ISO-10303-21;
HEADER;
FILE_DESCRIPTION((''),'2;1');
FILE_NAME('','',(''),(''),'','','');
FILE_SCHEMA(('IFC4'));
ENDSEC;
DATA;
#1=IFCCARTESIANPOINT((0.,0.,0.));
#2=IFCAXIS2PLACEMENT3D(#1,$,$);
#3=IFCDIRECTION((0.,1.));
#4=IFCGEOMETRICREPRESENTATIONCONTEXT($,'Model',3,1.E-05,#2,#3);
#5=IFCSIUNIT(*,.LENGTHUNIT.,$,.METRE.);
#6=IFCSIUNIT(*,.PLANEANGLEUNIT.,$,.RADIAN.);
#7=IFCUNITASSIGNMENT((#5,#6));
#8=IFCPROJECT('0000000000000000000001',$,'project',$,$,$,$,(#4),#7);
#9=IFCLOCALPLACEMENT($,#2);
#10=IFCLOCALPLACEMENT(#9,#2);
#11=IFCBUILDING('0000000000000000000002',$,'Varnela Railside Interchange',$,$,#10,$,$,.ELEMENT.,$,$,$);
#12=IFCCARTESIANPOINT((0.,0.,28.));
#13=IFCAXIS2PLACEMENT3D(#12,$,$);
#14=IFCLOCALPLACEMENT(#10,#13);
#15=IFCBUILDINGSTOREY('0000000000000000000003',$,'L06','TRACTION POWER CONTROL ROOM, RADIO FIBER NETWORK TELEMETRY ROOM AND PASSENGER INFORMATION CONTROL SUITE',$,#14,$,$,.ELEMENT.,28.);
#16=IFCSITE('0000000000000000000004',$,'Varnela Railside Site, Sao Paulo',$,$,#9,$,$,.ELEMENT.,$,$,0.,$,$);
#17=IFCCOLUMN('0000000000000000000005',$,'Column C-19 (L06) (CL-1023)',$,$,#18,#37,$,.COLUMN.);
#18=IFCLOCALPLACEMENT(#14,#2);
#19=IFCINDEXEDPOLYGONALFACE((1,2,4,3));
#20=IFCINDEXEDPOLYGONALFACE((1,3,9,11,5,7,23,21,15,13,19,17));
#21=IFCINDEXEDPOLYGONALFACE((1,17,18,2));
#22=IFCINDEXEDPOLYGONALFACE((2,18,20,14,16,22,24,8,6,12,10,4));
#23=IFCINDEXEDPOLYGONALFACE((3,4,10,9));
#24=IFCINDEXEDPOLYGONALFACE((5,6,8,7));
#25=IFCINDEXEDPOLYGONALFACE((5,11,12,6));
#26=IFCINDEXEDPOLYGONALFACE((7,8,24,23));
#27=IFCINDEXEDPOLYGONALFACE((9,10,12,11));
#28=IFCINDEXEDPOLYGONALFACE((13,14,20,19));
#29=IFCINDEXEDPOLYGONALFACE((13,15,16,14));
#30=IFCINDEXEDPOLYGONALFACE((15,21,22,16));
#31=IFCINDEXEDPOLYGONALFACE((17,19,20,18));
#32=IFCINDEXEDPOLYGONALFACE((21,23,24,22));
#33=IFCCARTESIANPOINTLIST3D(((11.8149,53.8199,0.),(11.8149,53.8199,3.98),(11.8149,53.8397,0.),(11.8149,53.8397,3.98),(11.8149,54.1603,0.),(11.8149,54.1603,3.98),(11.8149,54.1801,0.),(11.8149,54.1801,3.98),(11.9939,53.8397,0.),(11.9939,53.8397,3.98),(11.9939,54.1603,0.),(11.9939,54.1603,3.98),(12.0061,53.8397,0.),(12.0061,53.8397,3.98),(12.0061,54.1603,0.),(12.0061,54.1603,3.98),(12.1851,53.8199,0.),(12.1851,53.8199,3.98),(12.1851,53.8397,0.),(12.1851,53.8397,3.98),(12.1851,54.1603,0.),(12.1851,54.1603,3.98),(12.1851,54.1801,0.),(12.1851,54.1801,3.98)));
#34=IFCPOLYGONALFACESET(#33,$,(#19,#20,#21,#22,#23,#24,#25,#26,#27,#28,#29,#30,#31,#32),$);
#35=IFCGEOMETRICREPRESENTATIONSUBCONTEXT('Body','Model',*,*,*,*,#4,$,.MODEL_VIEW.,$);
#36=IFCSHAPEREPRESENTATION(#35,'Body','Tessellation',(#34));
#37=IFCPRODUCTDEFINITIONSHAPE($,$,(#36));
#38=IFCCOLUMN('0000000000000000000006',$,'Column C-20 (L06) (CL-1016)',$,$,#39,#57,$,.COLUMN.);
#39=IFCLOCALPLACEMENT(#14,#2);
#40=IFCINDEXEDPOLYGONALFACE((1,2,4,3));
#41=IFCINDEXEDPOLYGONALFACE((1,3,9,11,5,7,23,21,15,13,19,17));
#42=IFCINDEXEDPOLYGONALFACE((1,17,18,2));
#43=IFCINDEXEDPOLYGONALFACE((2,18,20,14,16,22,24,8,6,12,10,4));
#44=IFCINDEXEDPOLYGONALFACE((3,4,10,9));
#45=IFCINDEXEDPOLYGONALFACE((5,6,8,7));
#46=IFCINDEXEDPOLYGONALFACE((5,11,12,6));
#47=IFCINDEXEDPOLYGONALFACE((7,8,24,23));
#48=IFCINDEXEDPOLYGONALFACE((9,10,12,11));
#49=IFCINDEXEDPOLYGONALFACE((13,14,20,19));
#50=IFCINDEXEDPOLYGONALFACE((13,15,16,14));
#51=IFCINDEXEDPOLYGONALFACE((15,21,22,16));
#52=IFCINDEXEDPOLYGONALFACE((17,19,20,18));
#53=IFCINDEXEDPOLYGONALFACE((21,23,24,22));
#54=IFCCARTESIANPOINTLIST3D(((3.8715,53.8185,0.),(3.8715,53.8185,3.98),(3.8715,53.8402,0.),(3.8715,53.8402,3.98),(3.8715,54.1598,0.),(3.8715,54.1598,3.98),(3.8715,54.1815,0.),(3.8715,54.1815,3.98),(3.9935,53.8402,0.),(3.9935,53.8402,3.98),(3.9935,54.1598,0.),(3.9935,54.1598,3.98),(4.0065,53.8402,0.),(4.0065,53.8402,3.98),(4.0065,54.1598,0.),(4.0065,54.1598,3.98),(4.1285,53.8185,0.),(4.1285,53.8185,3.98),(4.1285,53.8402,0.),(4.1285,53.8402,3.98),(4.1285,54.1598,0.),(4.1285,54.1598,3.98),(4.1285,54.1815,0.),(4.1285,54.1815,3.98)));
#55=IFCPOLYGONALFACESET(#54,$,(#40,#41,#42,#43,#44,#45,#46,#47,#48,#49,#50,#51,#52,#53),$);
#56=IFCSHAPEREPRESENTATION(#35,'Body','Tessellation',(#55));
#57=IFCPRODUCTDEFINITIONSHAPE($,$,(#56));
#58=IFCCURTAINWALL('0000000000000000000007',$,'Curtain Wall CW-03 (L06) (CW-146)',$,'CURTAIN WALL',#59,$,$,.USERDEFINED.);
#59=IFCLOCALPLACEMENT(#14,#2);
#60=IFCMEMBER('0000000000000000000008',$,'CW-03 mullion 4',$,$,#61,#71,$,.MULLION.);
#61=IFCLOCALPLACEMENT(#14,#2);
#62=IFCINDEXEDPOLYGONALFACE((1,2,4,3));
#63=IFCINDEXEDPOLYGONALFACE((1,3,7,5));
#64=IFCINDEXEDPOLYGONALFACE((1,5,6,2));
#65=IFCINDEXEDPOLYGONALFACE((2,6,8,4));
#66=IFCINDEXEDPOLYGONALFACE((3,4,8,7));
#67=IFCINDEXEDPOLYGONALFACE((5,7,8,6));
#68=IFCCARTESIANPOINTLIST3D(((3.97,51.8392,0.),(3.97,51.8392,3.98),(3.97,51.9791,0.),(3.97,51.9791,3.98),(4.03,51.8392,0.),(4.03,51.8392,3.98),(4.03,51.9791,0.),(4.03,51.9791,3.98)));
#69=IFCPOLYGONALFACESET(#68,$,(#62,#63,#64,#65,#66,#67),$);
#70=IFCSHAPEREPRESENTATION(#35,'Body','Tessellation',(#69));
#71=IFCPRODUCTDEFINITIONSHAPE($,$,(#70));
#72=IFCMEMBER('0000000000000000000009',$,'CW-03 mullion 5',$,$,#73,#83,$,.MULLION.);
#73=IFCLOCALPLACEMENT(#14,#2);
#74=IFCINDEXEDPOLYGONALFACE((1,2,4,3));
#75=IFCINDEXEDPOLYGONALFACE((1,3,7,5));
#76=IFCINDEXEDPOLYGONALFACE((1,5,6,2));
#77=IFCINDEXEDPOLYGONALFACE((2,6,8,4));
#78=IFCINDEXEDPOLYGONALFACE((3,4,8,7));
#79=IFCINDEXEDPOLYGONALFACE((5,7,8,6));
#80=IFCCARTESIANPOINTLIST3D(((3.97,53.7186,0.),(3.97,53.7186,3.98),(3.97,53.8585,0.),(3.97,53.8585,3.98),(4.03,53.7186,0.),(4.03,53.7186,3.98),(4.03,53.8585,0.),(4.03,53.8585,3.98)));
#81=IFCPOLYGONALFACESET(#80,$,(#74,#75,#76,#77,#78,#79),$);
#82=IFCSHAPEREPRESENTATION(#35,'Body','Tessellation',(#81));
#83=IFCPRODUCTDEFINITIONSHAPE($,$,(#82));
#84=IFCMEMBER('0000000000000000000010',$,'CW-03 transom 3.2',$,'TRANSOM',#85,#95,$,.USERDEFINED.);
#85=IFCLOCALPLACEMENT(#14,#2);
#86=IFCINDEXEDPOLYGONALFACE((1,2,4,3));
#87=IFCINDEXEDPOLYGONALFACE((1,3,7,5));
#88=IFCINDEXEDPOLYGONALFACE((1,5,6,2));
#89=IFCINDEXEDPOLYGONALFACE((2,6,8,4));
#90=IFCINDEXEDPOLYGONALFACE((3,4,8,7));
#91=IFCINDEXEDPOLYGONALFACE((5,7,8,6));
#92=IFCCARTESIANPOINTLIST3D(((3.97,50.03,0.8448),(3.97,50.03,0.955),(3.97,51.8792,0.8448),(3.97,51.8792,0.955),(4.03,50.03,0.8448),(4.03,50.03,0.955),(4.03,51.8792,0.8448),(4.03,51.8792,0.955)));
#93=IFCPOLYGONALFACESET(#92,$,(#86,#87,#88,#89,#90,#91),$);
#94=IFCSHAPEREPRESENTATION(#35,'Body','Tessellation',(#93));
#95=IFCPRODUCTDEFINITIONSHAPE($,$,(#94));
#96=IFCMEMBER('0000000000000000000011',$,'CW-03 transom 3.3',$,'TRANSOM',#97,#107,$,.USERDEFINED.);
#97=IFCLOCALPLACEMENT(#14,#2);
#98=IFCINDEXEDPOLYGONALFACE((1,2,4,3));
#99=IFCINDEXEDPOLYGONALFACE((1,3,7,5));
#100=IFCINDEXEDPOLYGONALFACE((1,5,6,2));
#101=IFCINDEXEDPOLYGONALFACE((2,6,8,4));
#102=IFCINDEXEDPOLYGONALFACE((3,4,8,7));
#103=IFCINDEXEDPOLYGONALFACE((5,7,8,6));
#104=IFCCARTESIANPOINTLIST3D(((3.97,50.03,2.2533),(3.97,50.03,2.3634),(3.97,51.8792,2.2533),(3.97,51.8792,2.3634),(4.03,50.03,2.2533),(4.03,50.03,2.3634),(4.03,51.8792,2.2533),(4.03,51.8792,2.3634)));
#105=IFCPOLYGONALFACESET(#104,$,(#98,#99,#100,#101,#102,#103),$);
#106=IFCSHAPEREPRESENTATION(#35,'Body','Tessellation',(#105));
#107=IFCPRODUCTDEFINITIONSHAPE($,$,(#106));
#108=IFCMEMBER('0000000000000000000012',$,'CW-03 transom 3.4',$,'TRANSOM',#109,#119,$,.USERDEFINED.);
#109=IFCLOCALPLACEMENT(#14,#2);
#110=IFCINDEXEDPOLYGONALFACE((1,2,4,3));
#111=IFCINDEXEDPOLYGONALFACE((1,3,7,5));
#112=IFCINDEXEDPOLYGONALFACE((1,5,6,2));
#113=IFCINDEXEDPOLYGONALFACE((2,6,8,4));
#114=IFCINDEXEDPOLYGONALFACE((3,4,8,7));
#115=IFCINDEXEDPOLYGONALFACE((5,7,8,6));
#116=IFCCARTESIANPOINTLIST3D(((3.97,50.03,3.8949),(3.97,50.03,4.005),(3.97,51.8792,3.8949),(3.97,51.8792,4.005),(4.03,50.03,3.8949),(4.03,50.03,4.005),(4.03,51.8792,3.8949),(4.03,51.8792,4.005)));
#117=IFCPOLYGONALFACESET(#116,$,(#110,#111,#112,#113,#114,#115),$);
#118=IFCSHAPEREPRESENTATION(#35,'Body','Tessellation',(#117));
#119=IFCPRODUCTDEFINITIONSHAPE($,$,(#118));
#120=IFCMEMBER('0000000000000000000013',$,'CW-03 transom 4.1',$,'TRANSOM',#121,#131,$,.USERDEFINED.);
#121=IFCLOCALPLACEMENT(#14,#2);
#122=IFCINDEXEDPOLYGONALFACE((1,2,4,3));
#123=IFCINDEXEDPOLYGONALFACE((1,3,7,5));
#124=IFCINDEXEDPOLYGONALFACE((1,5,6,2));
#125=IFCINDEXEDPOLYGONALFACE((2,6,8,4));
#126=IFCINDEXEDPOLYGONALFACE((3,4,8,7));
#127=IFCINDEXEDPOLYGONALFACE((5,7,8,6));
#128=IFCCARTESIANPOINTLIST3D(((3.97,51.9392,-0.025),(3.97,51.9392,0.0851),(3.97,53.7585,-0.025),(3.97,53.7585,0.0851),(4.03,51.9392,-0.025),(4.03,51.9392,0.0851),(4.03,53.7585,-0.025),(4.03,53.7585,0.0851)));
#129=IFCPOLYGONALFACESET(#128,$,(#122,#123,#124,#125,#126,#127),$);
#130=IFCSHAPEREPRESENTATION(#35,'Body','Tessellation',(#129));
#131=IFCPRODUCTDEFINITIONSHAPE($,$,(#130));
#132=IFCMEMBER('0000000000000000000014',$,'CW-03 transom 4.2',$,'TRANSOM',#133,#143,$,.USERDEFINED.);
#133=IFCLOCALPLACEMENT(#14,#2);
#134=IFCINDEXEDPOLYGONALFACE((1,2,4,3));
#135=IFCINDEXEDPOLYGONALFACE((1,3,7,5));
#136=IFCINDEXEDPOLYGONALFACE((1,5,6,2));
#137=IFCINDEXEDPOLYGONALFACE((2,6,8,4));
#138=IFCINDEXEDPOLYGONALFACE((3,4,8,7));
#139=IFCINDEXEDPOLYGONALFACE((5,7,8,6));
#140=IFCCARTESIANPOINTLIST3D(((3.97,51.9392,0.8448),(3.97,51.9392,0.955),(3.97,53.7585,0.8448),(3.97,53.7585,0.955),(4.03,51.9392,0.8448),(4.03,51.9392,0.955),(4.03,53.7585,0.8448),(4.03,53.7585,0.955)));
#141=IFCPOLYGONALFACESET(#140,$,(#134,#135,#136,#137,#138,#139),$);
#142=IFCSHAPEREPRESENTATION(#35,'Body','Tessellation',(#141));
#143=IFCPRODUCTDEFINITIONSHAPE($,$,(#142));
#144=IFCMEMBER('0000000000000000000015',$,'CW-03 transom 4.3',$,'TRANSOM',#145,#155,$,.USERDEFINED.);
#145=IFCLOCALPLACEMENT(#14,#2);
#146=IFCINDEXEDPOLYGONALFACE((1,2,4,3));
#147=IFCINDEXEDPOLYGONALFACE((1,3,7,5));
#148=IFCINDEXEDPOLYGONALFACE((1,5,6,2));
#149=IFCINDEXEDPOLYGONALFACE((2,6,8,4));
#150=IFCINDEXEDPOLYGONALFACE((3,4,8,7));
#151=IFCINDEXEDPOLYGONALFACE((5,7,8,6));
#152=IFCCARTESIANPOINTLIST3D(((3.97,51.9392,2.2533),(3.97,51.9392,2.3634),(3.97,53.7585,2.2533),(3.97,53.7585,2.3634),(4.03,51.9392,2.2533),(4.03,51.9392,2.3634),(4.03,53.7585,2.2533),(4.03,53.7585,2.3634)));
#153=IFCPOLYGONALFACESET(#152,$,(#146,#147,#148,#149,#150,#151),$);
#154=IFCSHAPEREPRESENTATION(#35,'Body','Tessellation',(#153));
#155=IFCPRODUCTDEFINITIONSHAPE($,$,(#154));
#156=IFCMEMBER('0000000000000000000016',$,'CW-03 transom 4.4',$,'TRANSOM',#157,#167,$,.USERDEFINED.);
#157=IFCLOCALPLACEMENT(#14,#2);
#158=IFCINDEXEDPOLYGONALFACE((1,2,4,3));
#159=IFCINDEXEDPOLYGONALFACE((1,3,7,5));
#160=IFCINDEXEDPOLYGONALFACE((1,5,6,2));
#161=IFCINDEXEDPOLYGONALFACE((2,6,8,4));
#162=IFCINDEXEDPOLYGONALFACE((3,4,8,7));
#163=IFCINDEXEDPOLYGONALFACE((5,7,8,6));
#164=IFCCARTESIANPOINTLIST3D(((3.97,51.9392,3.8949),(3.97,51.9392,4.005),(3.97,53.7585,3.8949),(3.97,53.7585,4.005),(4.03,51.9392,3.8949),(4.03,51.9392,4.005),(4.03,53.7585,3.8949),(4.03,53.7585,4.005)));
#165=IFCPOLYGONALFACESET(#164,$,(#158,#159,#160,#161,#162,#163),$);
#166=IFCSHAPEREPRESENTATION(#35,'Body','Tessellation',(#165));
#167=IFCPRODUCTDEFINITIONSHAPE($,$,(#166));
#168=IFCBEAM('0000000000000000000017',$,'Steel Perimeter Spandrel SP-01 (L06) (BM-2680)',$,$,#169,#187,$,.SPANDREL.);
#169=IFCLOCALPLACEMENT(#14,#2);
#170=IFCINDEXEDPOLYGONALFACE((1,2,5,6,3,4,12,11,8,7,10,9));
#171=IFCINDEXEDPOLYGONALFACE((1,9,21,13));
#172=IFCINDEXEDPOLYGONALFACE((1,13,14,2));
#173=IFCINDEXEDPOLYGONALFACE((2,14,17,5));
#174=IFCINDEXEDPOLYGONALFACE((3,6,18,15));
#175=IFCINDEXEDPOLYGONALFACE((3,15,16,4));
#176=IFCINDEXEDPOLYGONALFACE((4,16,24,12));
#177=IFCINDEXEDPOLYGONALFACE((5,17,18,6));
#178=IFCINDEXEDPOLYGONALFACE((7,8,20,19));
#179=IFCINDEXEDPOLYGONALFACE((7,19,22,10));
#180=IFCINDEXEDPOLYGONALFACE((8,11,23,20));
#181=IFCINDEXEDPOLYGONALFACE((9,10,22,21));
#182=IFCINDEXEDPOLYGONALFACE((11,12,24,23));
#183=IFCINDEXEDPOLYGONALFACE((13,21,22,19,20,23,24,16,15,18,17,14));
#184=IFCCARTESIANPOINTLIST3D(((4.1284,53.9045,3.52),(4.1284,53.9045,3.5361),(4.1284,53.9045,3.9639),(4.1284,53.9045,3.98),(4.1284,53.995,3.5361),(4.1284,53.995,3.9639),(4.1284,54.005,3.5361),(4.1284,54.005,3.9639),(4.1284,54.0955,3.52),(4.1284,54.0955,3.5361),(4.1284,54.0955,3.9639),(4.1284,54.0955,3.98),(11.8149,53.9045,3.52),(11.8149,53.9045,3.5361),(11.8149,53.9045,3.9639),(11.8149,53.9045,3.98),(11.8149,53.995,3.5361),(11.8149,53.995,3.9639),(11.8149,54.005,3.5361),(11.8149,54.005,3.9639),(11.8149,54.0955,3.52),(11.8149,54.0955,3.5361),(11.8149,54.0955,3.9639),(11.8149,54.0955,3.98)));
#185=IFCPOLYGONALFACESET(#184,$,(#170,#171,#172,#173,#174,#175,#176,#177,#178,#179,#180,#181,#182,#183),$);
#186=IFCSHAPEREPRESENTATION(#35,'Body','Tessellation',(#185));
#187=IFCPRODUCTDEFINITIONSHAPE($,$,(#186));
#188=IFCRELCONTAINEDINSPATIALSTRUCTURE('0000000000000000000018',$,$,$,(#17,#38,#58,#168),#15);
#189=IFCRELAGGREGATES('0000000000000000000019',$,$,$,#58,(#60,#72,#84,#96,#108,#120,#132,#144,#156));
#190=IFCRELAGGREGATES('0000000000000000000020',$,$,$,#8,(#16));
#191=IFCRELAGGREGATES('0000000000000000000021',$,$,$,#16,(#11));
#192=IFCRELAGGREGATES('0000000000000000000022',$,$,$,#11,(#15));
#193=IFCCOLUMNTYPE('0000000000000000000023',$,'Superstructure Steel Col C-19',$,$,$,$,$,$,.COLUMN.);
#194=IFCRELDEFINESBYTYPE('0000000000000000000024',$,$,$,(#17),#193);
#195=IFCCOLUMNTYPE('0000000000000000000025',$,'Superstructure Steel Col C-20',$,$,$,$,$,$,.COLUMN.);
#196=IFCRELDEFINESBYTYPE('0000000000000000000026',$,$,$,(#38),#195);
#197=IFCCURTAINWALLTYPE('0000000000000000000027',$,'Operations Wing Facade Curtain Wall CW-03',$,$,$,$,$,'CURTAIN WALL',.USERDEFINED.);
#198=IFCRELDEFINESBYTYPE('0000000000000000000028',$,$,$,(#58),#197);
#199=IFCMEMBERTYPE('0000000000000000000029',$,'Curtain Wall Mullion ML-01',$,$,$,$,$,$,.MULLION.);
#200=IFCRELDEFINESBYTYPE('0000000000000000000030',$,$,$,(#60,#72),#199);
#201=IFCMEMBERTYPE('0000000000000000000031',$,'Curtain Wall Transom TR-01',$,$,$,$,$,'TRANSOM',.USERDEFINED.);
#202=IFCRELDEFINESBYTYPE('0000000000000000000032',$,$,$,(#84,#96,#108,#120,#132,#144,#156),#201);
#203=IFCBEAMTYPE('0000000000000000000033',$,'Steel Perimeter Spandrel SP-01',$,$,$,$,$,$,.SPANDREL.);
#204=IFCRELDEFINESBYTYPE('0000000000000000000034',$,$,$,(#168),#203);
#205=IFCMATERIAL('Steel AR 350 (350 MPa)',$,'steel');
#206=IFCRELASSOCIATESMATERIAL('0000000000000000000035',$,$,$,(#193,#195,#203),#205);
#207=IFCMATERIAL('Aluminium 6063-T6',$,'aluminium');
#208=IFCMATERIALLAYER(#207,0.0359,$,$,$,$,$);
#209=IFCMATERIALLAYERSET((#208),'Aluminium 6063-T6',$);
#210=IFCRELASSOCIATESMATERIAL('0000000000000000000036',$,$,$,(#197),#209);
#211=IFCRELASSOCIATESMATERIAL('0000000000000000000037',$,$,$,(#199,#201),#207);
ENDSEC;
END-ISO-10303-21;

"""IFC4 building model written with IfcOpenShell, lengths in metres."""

from ifc_helpers import new_model, si_unit, direction, frame, origin, origin_2d, place, context, subcontext, project, spatial, rectangle, i_section, extrude, material, layer, layer_set, material_profile, profile_set, type_object, element, aggregate, save


model = new_model("IFC4")

# Units and contexts
model_context = context("Model", 3, precision=1e-05, world=origin(), true_north=direction((0.0, 1.0)))
body_context = subcontext(model_context, "Body", "Model", "MODEL_VIEW")
ifc_project = project(units=[si_unit("LENGTHUNIT", "METRE"), si_unit("PLANEANGLEUNIT", "RADIAN")], contexts=[model_context])

# Site, building, storey
site_placement = place(None, origin())
site = spatial("IfcSite", under=ifc_project, at=site_placement, Name="Varnela Railside Site, Sao Paulo", CompositionType="ELEMENT", RefElevation=0.0)
building_placement = place(site_placement, origin())
building = spatial("IfcBuilding", under=site, at=building_placement, Name="Varnela Railside Interchange", CompositionType="ELEMENT")
storey_placement = place(building_placement, frame((0.0, 0.0, 28.0)))
storey = spatial("IfcBuildingStorey", under=building, at=storey_placement, Name="L06", Description="TRACTION POWER CONTROL ROOM, RADIO FIBER NETWORK TELEMETRY ROOM AND PASSENGER INFORMATION CONTROL SUITE", CompositionType="ELEMENT", Elevation=28.0)

# Columns
ifc_material_1 = material(Name="Steel AR 350 (350 MPa)", Category="steel")
ifc_material_profile_1 = material_profile(ifc_material_1, i_section(OverallWidth=0.3701, OverallDepth=0.3601, WebThickness=0.0122, FlangeThickness=0.0198, at=origin_2d()), Name="W360x147")
ifc_profile_set_1 = profile_set([ifc_material_profile_1], Name="Steel AR 350 (350 MPa)")
column_type_1 = type_object("IfcColumnType", Name="Superstructure Steel Col C-19", PredefinedType="COLUMN", material=ifc_profile_set_1)
column_1_placement = place(storey_placement, frame((12.0, 54.0, 0.0), z_axis=(0.0, 0.0, 1.0), x_axis=(1.0, 0.0, 0.0)))
element("IfcColumn", 1, at=column_1_placement, inside=storey, type_object=column_type_1, Name="Column C-19 (L06) (CL-1023)", PredefinedType="COLUMN", context=body_context, shape_type="SweptSolid", body=[
    extrude(i_section(OverallWidth=0.3701, OverallDepth=0.3601, WebThickness=0.0122, FlangeThickness=0.0198, at=origin_2d()), origin(), (0.0, 0.0, 1.0), 3.98),
])
ifc_material_profile_2 = material_profile(ifc_material_1, i_section(OverallWidth=0.2571, OverallDepth=0.363, WebThickness=0.0129, FlangeThickness=0.0217, at=origin_2d()), Name="W360x122")
ifc_profile_set_2 = profile_set([ifc_material_profile_2], Name="Steel AR 350 (350 MPa)")
column_type_2 = type_object("IfcColumnType", Name="Superstructure Steel Col C-20", PredefinedType="COLUMN", material=ifc_profile_set_2)
column_2_placement = place(storey_placement, frame((4.0, 54.0, 0.0), z_axis=(0.0, 0.0, 1.0), x_axis=(1.0, 0.0, 0.0)))
element("IfcColumn", 2, at=column_2_placement, inside=storey, type_object=column_type_2, Name="Column C-20 (L06) (CL-1016)", PredefinedType="COLUMN", context=body_context, shape_type="SweptSolid", body=[
    extrude(i_section(OverallWidth=0.2571, OverallDepth=0.363, WebThickness=0.0129, FlangeThickness=0.0217, at=origin_2d()), origin(), (0.0, 0.0, 1.0), 3.98),
])

# Curtain wall, members
ifc_material_2 = material(Name="Aluminium 6063-T6", Category="aluminium")
ifc_layer_1 = layer(ifc_material_2, 0.0359)
ifc_layer_set_1 = layer_set([ifc_layer_1], Name="Aluminium 6063-T6")
curtain_wall_type = type_object("IfcCurtainWallType", Name="Operations Wing Facade Curtain Wall CW-03", ElementType="CURTAIN WALL", PredefinedType="USERDEFINED", material=ifc_layer_set_1)
curtain_wall_placement = place(storey_placement, origin())
curtain_wall = element("IfcCurtainWall", 3, at=curtain_wall_placement, inside=storey, type_object=curtain_wall_type, Name="Curtain Wall CW-03 (L06) (CW-146)", ObjectType="CURTAIN WALL", PredefinedType="USERDEFINED")
ifc_material_profile_3 = material_profile(ifc_material_2, rectangle(XDim=0.0601, YDim=0.1399, at=origin_2d()), Name="ALU 60x140")
ifc_profile_set_3 = profile_set([ifc_material_profile_3], Name="Aluminium 6063-T6")
member_type_1 = type_object("IfcMemberType", Name="Curtain Wall Mullion ML-01", PredefinedType="MULLION", material=ifc_profile_set_3)
member_1_placement = place(storey_placement, frame((4.0, 51.9092, 0.0), z_axis=(0.0, 0.0, 1.0), x_axis=(-1.0, 0.0, 0.0)))
member_1 = element("IfcMember", 4, at=member_1_placement, type_object=member_type_1, Name="CW-03 mullion 4", PredefinedType="MULLION", context=body_context, shape_type="SweptSolid", body=[
    extrude(rectangle(XDim=0.0601, YDim=0.1399, at=origin_2d()), origin(), (0.0, 0.0, 1.0), 3.98),
])
member_2_placement = place(storey_placement, frame((4.0, 53.7886, 0.0), z_axis=(0.0, 0.0, 1.0), x_axis=(-1.0, 0.0, 0.0)))
member_2 = element("IfcMember", 5, at=member_2_placement, type_object=member_type_1, Name="CW-03 mullion 5", PredefinedType="MULLION", context=body_context, shape_type="SweptSolid", body=[
    extrude(rectangle(XDim=0.0601, YDim=0.1399, at=origin_2d()), origin(), (0.0, 0.0, 1.0), 3.98),
])
ifc_material_profile_4 = material_profile(ifc_material_2, rectangle(XDim=0.0601, YDim=0.1101, at=origin_2d()), Name="ALU 60x110")
ifc_profile_set_4 = profile_set([ifc_material_profile_4], Name="Aluminium 6063-T6")
member_type_2 = type_object("IfcMemberType", Name="Curtain Wall Transom TR-01", ElementType="TRANSOM", PredefinedType="USERDEFINED", material=ifc_profile_set_4)
member_3_placement = place(storey_placement, frame((4.0, 50.03, 0.8999), z_axis=(0.0, 1.0, 0.0), x_axis=(-1.0, 0.0, 0.0)))
member_3 = element("IfcMember", 6, at=member_3_placement, type_object=member_type_2, Name="CW-03 transom 3.2", ObjectType="TRANSOM", PredefinedType="USERDEFINED", context=body_context, shape_type="SweptSolid", body=[
    extrude(rectangle(XDim=0.0601, YDim=0.1101, at=origin_2d()), origin(), (0.0, 0.0, 1.0), 1.8491),
])
member_4_placement = place(storey_placement, frame((4.0, 50.03, 2.3083), z_axis=(0.0, 1.0, 0.0), x_axis=(-1.0, 0.0, 0.0)))
member_4 = element("IfcMember", 7, at=member_4_placement, type_object=member_type_2, Name="CW-03 transom 3.3", ObjectType="TRANSOM", PredefinedType="USERDEFINED", context=body_context, shape_type="SweptSolid", body=[
    extrude(rectangle(XDim=0.0601, YDim=0.1101, at=origin_2d()), origin(), (0.0, 0.0, 1.0), 1.8491),
])
member_5_placement = place(storey_placement, frame((4.0, 50.03, 3.95), z_axis=(0.0, 1.0, 0.0), x_axis=(-1.0, 0.0, 0.0)))
member_5 = element("IfcMember", 8, at=member_5_placement, type_object=member_type_2, Name="CW-03 transom 3.4", ObjectType="TRANSOM", PredefinedType="USERDEFINED", context=body_context, shape_type="SweptSolid", body=[
    extrude(rectangle(XDim=0.0601, YDim=0.1101, at=origin_2d()), origin(), (0.0, 0.0, 1.0), 1.8491),
])
member_6_placement = place(storey_placement, frame((4.0, 51.9392, 0.03), z_axis=(0.0, 1.0, 0.0), x_axis=(-1.0, 0.0, 0.0)))
member_6 = element("IfcMember", 9, at=member_6_placement, type_object=member_type_2, Name="CW-03 transom 4.1", ObjectType="TRANSOM", PredefinedType="USERDEFINED", context=body_context, shape_type="SweptSolid", body=[
    extrude(rectangle(XDim=0.0601, YDim=0.1101, at=origin_2d()), origin(), (0.0, 0.0, 1.0), 1.8193),
])
member_7_placement = place(storey_placement, frame((4.0, 51.9392, 0.8999), z_axis=(0.0, 1.0, 0.0), x_axis=(-1.0, 0.0, 0.0)))
member_7 = element("IfcMember", 10, at=member_7_placement, type_object=member_type_2, Name="CW-03 transom 4.2", ObjectType="TRANSOM", PredefinedType="USERDEFINED", context=body_context, shape_type="SweptSolid", body=[
    extrude(rectangle(XDim=0.0601, YDim=0.1101, at=origin_2d()), origin(), (0.0, 0.0, 1.0), 1.8193),
])
member_8_placement = place(storey_placement, frame((4.0, 51.9392, 2.3083), z_axis=(0.0, 1.0, 0.0), x_axis=(-1.0, 0.0, 0.0)))
member_8 = element("IfcMember", 11, at=member_8_placement, type_object=member_type_2, Name="CW-03 transom 4.3", ObjectType="TRANSOM", PredefinedType="USERDEFINED", context=body_context, shape_type="SweptSolid", body=[
    extrude(rectangle(XDim=0.0601, YDim=0.1101, at=origin_2d()), origin(), (0.0, 0.0, 1.0), 1.8193),
])
member_9_placement = place(storey_placement, frame((4.0, 51.9392, 3.95), z_axis=(0.0, 1.0, 0.0), x_axis=(-1.0, 0.0, 0.0)))
member_9 = element("IfcMember", 12, at=member_9_placement, type_object=member_type_2, Name="CW-03 transom 4.4", ObjectType="TRANSOM", PredefinedType="USERDEFINED", context=body_context, shape_type="SweptSolid", body=[
    extrude(rectangle(XDim=0.0601, YDim=0.1101, at=origin_2d()), origin(), (0.0, 0.0, 1.0), 1.8193),
])

# Beam
ifc_material_profile_5 = material_profile(ifc_material_1, i_section(OverallWidth=0.1909, OverallDepth=0.46, WebThickness=0.01, FlangeThickness=0.0161, at=origin_2d()), Name="W460x82")
ifc_profile_set_5 = profile_set([ifc_material_profile_5], Name="Steel AR 350 (350 MPa)")
beam_type = type_object("IfcBeamType", Name="Steel Perimeter Spandrel SP-01", PredefinedType="SPANDREL", material=ifc_profile_set_5)
beam_placement = place(storey_placement, frame((4.1284, 54.0, 3.75), z_axis=(1.0, 0.0, 0.0), x_axis=(0.0, 1.0, 0.0)))
element("IfcBeam", 13, at=beam_placement, inside=storey, type_object=beam_type, Name="Steel Perimeter Spandrel SP-01 (L06) (BM-2680)", PredefinedType="SPANDREL", context=body_context, shape_type="SweptSolid", body=[
    extrude(i_section(OverallWidth=0.1909, OverallDepth=0.46, WebThickness=0.01, FlangeThickness=0.0161, at=origin_2d()), origin(), (0.0, 0.0, 1.0), 7.6865),
])

aggregate(curtain_wall, [member_1, member_2, member_3, member_4, member_5, member_6, member_7, member_8, member_9])

save(model, "model.ifc")
